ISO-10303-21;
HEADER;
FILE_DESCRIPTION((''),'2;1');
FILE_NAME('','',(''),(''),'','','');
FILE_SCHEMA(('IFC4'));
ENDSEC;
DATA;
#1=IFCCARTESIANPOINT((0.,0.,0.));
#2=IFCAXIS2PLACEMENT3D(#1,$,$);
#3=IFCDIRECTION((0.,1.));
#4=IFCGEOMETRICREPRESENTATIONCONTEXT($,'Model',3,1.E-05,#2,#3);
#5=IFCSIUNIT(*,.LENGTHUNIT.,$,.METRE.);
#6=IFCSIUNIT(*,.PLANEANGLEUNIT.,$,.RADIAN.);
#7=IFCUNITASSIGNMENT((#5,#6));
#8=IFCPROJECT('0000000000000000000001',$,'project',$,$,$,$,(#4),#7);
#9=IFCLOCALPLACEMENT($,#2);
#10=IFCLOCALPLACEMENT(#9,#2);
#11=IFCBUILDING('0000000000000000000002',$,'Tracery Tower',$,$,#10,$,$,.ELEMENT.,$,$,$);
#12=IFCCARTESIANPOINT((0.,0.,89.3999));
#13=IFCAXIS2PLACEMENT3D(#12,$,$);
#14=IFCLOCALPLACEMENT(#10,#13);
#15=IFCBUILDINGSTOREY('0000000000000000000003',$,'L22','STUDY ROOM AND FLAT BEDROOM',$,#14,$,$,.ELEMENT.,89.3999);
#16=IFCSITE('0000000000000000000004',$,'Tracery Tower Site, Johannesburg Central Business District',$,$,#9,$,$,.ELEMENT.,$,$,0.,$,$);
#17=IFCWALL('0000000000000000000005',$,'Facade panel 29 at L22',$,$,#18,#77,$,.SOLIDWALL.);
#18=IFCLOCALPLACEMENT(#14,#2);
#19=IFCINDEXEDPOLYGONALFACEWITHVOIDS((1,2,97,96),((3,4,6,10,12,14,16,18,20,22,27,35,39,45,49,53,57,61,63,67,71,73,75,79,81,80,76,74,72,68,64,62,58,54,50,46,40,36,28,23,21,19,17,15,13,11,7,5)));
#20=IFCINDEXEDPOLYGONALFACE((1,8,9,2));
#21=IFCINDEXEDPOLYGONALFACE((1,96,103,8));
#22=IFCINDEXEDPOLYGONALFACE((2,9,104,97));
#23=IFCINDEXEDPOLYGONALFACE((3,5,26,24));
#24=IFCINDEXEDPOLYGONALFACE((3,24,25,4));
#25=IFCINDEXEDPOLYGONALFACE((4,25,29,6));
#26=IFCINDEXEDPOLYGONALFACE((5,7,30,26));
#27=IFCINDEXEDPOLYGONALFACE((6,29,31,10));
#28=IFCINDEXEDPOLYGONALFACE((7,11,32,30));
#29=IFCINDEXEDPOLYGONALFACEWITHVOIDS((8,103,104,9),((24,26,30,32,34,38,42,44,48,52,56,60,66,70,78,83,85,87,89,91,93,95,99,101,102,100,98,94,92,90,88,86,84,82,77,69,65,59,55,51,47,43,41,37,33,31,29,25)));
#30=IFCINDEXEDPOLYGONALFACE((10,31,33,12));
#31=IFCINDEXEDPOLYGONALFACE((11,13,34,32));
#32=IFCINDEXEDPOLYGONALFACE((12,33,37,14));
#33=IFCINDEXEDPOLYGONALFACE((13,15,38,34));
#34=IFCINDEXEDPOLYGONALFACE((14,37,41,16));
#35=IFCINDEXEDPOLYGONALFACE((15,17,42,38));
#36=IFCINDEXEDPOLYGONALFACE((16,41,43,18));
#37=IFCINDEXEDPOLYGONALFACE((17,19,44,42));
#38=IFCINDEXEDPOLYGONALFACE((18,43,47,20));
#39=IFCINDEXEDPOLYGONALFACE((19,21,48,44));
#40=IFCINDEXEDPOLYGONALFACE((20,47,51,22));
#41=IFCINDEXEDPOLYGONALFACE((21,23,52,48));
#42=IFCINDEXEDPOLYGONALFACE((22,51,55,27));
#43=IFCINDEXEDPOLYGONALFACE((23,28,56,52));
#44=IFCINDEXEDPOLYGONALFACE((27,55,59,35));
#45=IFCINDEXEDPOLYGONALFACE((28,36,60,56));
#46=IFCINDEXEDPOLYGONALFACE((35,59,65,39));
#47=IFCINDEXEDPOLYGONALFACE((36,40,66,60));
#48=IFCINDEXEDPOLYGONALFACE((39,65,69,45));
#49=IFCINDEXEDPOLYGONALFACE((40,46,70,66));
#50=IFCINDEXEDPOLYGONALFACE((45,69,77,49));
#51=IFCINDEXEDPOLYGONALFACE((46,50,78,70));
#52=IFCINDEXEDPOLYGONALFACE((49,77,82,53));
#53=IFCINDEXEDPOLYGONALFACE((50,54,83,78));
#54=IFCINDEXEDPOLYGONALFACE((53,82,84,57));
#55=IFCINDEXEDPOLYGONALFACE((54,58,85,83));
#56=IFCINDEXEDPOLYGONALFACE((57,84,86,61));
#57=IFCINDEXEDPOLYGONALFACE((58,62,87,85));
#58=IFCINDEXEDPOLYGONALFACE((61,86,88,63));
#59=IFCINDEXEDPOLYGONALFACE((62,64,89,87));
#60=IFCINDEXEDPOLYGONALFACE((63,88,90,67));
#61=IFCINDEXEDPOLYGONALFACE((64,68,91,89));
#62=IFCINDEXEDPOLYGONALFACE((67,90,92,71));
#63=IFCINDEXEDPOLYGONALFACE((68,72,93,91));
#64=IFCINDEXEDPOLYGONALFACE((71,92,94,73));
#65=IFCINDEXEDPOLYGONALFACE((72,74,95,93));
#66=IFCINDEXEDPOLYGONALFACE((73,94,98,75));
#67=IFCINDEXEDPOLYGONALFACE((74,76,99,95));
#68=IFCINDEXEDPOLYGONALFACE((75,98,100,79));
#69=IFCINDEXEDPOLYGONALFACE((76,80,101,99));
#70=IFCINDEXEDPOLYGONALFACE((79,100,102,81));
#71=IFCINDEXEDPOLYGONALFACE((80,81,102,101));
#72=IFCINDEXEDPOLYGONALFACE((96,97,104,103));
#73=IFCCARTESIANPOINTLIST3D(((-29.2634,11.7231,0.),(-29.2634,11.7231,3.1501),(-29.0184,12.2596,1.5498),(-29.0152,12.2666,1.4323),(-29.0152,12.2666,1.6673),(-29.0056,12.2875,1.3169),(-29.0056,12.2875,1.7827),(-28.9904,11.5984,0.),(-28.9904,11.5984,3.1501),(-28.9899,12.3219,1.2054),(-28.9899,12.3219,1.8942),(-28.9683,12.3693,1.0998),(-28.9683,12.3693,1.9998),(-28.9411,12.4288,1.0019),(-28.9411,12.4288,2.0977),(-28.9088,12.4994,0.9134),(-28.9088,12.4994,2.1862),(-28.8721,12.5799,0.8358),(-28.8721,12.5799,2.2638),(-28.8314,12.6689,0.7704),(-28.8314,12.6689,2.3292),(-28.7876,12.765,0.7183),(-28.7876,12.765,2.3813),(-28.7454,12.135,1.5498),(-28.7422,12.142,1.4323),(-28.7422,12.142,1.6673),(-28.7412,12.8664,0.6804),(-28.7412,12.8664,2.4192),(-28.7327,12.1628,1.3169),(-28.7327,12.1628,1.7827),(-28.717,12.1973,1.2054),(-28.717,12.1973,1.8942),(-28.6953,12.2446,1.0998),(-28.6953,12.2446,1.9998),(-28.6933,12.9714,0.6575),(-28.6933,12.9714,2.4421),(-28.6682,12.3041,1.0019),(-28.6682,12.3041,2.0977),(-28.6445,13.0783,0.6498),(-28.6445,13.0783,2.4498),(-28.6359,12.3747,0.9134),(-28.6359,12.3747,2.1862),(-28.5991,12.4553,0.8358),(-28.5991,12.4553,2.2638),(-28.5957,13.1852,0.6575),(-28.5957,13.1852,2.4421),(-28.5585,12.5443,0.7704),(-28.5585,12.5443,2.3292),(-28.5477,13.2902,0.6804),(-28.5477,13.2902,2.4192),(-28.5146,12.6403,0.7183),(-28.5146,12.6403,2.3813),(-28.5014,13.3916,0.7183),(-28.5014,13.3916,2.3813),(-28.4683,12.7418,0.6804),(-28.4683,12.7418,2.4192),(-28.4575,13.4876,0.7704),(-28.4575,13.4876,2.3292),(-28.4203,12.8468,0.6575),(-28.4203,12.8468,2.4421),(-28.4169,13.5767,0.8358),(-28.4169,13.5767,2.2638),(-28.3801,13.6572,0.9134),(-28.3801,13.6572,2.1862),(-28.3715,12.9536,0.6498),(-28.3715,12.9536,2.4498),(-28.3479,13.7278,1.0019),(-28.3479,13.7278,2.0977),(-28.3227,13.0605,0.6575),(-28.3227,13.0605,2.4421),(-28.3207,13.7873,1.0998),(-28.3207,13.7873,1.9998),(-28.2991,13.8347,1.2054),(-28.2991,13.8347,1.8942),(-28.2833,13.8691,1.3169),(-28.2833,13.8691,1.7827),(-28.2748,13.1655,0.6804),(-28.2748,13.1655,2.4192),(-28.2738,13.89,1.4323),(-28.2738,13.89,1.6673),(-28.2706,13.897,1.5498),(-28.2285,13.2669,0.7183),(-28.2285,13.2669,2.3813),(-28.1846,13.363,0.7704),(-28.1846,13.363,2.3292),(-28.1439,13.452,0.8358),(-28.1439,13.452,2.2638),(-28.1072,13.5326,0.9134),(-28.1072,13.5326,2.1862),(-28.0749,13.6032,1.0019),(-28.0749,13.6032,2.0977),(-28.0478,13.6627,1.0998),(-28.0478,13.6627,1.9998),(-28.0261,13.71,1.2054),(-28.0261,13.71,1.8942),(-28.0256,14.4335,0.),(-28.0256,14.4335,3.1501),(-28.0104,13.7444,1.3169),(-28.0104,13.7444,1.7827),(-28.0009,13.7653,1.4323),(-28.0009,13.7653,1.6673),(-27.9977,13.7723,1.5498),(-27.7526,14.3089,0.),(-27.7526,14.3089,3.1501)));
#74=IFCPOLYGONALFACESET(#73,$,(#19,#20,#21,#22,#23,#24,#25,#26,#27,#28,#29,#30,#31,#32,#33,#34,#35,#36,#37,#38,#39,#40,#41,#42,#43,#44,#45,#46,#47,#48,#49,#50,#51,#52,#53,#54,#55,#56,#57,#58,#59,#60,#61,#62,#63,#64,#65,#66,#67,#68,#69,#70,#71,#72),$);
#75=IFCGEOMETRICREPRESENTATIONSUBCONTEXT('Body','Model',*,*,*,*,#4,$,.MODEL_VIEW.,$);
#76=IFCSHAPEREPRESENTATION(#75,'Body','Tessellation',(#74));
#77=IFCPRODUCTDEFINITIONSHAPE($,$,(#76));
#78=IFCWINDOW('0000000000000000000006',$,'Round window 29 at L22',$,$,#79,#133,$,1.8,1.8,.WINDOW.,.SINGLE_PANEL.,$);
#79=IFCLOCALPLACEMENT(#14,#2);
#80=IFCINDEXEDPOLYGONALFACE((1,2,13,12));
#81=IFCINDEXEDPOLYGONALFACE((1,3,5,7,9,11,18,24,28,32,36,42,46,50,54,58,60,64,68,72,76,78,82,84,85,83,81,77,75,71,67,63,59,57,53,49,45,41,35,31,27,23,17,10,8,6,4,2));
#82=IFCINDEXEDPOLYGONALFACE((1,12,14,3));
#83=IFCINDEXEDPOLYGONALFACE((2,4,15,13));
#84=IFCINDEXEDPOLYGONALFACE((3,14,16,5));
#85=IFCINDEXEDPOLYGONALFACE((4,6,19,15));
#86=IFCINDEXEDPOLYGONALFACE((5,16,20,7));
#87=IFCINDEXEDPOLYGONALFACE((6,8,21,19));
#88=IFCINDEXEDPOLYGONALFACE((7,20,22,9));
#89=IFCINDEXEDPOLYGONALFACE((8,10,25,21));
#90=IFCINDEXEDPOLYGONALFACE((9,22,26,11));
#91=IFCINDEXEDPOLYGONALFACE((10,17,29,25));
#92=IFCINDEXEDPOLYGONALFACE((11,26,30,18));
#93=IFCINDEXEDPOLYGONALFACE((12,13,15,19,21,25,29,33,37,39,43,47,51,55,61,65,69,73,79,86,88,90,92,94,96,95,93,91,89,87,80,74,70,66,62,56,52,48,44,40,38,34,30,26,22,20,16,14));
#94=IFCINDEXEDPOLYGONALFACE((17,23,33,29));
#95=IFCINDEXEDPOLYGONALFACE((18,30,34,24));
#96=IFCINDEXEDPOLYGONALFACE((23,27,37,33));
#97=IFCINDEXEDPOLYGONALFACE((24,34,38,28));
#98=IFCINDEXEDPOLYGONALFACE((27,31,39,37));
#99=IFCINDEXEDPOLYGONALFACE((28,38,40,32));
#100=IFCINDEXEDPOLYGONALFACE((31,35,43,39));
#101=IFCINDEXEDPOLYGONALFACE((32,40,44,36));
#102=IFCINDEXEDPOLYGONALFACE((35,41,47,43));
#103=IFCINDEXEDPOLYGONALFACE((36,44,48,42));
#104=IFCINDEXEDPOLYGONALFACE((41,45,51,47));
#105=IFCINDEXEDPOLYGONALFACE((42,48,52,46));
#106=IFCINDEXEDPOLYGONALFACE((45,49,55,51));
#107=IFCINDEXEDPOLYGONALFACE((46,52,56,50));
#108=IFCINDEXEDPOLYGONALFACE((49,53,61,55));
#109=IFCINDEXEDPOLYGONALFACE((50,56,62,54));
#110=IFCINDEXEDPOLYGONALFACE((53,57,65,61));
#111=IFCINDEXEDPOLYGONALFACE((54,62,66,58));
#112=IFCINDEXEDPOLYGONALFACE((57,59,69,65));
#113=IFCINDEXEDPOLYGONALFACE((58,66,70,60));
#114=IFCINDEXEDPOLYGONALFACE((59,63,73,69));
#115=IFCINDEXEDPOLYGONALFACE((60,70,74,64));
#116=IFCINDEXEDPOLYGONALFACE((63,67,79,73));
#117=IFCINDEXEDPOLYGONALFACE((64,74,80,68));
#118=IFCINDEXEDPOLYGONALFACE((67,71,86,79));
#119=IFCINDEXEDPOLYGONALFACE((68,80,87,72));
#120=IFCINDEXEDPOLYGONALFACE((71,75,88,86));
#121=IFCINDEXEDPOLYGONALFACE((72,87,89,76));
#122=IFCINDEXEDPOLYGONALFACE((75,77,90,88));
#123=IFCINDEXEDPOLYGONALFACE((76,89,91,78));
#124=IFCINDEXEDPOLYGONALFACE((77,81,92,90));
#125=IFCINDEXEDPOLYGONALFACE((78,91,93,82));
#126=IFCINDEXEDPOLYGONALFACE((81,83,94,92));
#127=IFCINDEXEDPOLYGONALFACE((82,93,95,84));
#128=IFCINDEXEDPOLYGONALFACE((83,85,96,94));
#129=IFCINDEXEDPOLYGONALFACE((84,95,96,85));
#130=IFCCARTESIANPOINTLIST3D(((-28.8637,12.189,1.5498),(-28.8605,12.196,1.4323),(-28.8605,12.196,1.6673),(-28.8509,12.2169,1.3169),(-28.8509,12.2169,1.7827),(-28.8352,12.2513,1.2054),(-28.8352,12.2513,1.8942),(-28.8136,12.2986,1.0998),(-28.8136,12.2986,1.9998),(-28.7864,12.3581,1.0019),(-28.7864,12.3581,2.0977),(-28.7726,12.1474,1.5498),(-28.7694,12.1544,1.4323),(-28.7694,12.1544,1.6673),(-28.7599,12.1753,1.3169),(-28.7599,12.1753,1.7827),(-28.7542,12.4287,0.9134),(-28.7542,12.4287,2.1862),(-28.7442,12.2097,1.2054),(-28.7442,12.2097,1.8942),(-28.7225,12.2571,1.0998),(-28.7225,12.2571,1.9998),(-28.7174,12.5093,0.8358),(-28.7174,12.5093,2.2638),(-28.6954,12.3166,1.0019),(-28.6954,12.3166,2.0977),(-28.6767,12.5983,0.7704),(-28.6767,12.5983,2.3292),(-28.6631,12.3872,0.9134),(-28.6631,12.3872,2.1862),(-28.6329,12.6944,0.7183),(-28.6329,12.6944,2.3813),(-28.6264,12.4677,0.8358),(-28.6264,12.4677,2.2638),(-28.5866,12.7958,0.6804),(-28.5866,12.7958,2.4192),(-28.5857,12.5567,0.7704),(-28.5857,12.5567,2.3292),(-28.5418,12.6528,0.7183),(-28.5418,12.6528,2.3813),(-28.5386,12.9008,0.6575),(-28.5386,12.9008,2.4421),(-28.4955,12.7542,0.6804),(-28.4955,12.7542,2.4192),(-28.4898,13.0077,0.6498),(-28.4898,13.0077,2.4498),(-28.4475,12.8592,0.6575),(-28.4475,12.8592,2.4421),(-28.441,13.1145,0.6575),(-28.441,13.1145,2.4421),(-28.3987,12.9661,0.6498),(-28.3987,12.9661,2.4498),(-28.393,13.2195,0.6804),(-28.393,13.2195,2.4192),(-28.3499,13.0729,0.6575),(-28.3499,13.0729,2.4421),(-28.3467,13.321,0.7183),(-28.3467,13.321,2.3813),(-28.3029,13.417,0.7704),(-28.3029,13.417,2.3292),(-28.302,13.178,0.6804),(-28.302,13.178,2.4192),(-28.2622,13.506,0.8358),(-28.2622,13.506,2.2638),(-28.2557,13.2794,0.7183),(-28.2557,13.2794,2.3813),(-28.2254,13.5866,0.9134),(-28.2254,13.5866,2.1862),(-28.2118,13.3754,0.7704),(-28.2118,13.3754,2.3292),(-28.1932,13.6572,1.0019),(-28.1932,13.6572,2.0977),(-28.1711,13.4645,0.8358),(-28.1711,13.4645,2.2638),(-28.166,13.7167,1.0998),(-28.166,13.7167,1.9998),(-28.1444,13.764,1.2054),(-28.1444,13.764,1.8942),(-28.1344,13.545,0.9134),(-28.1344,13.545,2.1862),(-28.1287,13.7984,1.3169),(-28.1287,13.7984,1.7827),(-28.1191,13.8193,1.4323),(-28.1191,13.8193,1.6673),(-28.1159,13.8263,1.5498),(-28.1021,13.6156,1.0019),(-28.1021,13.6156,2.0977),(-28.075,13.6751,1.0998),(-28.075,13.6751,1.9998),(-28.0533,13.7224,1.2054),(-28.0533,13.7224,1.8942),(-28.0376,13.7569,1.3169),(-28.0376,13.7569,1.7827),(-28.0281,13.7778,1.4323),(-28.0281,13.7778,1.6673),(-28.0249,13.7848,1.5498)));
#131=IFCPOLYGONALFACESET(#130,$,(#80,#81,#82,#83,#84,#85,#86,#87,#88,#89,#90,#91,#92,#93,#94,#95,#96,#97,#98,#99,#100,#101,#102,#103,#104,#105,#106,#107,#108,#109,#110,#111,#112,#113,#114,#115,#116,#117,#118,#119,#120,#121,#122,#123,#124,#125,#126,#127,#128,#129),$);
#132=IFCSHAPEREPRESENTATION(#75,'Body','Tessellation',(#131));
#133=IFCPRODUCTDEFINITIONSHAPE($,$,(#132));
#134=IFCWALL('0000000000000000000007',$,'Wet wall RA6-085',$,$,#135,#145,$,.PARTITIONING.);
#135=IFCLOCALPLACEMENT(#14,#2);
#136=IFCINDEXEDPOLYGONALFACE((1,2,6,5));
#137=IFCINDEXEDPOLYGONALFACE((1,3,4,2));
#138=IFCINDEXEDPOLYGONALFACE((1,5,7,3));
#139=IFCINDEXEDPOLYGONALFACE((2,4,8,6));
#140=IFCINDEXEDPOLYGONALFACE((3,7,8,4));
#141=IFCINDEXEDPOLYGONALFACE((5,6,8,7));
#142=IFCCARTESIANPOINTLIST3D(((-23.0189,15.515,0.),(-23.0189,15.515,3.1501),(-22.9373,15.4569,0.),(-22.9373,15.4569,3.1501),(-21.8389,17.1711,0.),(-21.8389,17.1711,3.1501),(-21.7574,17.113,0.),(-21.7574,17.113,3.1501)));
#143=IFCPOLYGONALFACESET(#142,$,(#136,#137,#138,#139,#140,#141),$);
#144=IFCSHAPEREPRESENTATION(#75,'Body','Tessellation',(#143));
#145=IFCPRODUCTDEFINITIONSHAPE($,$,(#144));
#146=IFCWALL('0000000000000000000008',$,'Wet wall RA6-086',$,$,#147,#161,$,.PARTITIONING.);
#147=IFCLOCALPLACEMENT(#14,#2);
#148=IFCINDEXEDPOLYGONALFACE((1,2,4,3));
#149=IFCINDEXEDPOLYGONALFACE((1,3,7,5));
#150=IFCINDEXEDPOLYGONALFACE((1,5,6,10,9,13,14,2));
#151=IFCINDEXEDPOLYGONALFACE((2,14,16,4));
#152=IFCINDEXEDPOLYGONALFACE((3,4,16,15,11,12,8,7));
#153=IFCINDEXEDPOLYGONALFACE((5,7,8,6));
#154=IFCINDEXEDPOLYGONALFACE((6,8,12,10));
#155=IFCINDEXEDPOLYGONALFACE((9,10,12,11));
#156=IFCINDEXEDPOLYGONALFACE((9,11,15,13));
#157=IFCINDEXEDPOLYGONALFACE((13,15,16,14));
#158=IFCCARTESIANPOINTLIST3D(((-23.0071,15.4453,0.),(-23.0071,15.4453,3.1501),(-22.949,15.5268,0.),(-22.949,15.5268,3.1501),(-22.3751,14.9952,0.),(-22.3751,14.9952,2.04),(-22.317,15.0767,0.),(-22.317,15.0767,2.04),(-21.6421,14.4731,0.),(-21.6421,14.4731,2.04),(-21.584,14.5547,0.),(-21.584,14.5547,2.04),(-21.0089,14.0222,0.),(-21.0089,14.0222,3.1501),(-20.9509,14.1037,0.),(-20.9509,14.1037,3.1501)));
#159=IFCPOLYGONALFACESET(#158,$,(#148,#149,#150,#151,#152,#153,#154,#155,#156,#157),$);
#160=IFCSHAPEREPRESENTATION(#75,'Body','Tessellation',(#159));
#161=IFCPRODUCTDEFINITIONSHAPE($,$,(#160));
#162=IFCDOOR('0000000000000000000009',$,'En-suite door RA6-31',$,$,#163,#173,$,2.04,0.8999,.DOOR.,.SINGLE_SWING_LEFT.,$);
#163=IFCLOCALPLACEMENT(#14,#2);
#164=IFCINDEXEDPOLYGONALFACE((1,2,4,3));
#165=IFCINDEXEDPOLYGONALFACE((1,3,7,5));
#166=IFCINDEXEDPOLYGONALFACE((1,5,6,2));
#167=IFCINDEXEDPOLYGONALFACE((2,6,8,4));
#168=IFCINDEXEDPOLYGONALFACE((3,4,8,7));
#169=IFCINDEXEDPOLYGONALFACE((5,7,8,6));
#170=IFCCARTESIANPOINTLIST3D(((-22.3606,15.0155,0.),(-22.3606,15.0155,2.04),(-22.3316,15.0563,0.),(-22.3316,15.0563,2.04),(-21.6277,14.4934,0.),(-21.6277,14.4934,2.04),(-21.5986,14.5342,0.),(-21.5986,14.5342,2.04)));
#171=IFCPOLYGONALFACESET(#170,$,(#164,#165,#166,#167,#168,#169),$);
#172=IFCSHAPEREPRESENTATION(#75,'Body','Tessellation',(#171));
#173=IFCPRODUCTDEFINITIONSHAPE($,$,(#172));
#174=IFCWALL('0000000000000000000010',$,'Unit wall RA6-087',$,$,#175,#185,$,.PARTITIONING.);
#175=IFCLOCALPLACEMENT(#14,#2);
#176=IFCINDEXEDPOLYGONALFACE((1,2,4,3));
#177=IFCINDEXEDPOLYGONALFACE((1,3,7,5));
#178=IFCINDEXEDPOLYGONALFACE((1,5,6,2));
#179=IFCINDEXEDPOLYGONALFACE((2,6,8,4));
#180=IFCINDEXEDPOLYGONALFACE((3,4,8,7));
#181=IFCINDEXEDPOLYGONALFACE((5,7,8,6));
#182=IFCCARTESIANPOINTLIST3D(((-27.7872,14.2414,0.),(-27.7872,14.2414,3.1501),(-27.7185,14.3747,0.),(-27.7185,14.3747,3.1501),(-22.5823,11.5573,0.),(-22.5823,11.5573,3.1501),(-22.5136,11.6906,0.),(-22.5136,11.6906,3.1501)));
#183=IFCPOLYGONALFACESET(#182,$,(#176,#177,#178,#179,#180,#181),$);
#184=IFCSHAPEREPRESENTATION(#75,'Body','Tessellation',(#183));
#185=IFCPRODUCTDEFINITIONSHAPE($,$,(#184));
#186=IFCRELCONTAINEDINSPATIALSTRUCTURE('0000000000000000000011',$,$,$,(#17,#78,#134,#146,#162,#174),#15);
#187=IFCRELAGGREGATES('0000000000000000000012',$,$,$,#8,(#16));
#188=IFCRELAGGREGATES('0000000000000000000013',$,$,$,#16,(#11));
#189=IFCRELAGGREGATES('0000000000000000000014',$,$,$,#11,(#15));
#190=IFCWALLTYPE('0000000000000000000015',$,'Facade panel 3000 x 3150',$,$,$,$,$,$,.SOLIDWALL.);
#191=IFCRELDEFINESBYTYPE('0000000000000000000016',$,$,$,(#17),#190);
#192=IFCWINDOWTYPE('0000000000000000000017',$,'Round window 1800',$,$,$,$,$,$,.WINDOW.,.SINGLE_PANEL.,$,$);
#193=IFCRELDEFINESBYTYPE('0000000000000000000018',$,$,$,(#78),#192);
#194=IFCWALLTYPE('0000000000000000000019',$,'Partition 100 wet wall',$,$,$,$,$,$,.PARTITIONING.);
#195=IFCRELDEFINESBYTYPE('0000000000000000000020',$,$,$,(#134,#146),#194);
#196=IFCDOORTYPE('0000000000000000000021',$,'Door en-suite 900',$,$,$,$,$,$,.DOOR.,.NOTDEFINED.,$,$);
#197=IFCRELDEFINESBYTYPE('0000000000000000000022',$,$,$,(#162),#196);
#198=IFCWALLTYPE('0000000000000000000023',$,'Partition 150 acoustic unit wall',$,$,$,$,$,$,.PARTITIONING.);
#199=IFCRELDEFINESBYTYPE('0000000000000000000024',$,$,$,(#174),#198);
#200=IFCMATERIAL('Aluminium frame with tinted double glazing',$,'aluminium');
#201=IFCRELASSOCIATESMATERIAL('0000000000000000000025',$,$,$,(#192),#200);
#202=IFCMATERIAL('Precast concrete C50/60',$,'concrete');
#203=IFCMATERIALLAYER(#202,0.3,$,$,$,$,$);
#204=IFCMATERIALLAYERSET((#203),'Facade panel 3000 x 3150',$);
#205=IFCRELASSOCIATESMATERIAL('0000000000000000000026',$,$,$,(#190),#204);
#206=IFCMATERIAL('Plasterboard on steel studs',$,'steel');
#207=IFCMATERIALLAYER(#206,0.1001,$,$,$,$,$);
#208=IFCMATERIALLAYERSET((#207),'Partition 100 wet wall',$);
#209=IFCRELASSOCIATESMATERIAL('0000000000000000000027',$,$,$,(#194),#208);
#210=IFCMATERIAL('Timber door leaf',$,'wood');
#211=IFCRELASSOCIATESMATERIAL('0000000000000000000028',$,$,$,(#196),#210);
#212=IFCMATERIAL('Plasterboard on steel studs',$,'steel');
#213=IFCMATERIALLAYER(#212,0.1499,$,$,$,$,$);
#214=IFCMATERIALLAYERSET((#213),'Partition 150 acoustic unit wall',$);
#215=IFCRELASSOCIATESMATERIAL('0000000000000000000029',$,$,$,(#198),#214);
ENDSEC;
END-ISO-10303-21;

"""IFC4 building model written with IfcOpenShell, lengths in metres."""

from ifc_helpers import new_model, si_unit, direction, frame, frame_2d, origin, origin_2d, place, context, subcontext, project, spatial, rectangle, circle, extrude, material, layer, layer_set, type_object, element, fill, save


model = new_model("IFC4")

# Units and contexts
model_context = context("Model", 3, precision=1e-05, world=origin(), true_north=direction((0.0, 1.0)))
body_context = subcontext(model_context, "Body", "Model", "MODEL_VIEW")
ifc_project = project(units=[si_unit("LENGTHUNIT", "METRE"), si_unit("PLANEANGLEUNIT", "RADIAN")], contexts=[model_context])

# Site, building, storey
site_placement = place(None, origin())
site = spatial("IfcSite", under=ifc_project, at=site_placement, Name="Tracery Tower Site, Johannesburg Central Business District", CompositionType="ELEMENT", RefElevation=0.0)
building_placement = place(site_placement, origin())
building = spatial("IfcBuilding", under=site, at=building_placement, Name="Tracery Tower", CompositionType="ELEMENT")
storey_placement = place(building_placement, frame((0.0, 0.0, 89.3999)))
storey = spatial("IfcBuildingStorey", under=building, at=storey_placement, Name="L22", Description="STUDY ROOM AND FLAT BEDROOM", CompositionType="ELEMENT", Elevation=89.3999)

# Wall, opening, window
ifc_material_1 = material(Name="Aluminium frame with tinted double glazing", Category="aluminium")
window_type = type_object("IfcWindowType", Name="Round window 1800", PartitioningType="SINGLE_PANEL", PredefinedType="WINDOW", material=ifc_material_1)
ifc_material_2 = material(Name="Precast concrete C50/60", Category="concrete")
ifc_layer_1 = layer(ifc_material_2, 0.3)
ifc_layer_set_1 = layer_set([ifc_layer_1], Name="Facade panel 3000 x 3150")
wall_type_1 = type_object("IfcWallType", Name="Facade panel 3000 x 3150", PredefinedType="SOLIDWALL", material=ifc_layer_set_1)
wall_1_placement = place(storey_placement, frame((-27.8892, 14.3711, 0.0), z_axis=(0.0, 0.0, 1.0), x_axis=(-0.415407, -0.909636, 0.0)))
wall_1 = element("IfcWall", 1, at=wall_1_placement, inside=storey, type_object=wall_type_1, Name="Facade panel 29 at L22", PredefinedType="SOLIDWALL", context=body_context, shape_type="SweptSolid", body=[
    extrude(rectangle(XDim=2.9797, YDim=0.3, at=frame_2d((1.4897, 0.0))), origin(), (0.0, 0.0, 1.0), 3.1501),
])
opening_1_placement = place(wall_1_placement, frame((1.4897, 0.0, 1.5498)))
opening_1 = element("IfcOpeningElement", 2, at=opening_1_placement, cuts=wall_1, PredefinedType="OPENING", context=body_context, shape_type="SweptSolid", body=[
    extrude(circle(Radius=0.9, at=origin_2d()), frame((0.0, 0.1599, 0.0), z_axis=(0.0, -1.0, 0.0), x_axis=(1.0, 0.0, 0.0)), (0.0, 0.0, 1.0), 0.3201),
])
window_1_placement = place(opening_1_placement, origin())
window_1 = element("IfcWindow", 3, at=window_1_placement, inside=storey, type_object=window_type, Name="Round window 29 at L22", OverallHeight=1.8, OverallWidth=1.8, PartitioningType="SINGLE_PANEL", PredefinedType="WINDOW", context=body_context, shape_type="SweptSolid", body=[
    extrude(circle(Radius=0.9, at=origin_2d()), frame((0.0, 0.1201, 0.0), z_axis=(0.0, -1.0, 0.0), x_axis=(1.0, 0.0, 0.0)), (0.0, 0.0, 1.0), 0.1001),
])
fill(opening_1, window_1)

# Wall
ifc_material_3 = material(Name="Plasterboard on steel studs", Category="steel")
ifc_layer_2 = layer(ifc_material_3, 0.1001)
ifc_layer_set_2 = layer_set([ifc_layer_2], Name="Partition 100 wet wall")
wall_type_2 = type_object("IfcWallType", Name="Partition 100 wet wall", PredefinedType="PARTITIONING", material=ifc_layer_set_2)
wall_2_placement = place(storey_placement, frame((-22.978, 15.4861, 0.0), z_axis=(0.0, 0.0, 1.0), x_axis=(0.580284, 0.814414, 0.0)))
element("IfcWall", 4, at=wall_2_placement, inside=storey, type_object=wall_type_2, Name="Wet wall RA6-085", PredefinedType="PARTITIONING", context=body_context, shape_type="SweptSolid", body=[
    extrude(rectangle(XDim=2.0334, YDim=0.1001, at=frame_2d((1.0166, 0.0))), origin(), (0.0, 0.0, 1.0), 3.1501),
])

# Wall, opening, door
wall_3_placement = place(storey_placement, frame((-22.978, 15.4861, 0.0), z_axis=(0.0, 0.0, 1.0), x_axis=(0.81452, -0.580136, 0.0)))
wall_3 = element("IfcWall", 5, at=wall_3_placement, inside=storey, type_object=wall_type_2, Name="Wet wall RA6-086", PredefinedType="PARTITIONING", context=body_context, shape_type="SweptSolid", body=[
    extrude(rectangle(XDim=2.4531, YDim=0.1001, at=frame_2d((1.2266, 0.0))), origin(), (0.0, 0.0, 1.0), 3.1501),
])
opening_2_placement = place(wall_3_placement, frame((0.7759, 0.0, 0.0)))
opening_2 = element("IfcOpeningElement", 6, at=opening_2_placement, cuts=wall_3, PredefinedType="OPENING", context=body_context, shape_type="SweptSolid", body=[
    extrude(rectangle(XDim=0.8999, YDim=2.04, at=frame_2d((0.45, 1.02))), frame((0.0, 0.05, 0.0), z_axis=(0.0, -1.0, 0.0), x_axis=(1.0, 0.0, 0.0)), (0.0, 0.0, 1.0), 0.1001),
])
ifc_material_4 = material(Name="Timber door leaf", Category="wood")
door_type = type_object("IfcDoorType", Name="Door en-suite 900", OperationType="NOTDEFINED", PredefinedType="DOOR", material=ifc_material_4)
door_placement = place(opening_2_placement, origin())
door = element("IfcDoor", 7, at=door_placement, inside=storey, type_object=door_type, Name="En-suite door RA6-31", OperationType="SINGLE_SWING_LEFT", OverallHeight=2.04, OverallWidth=0.8999, PredefinedType="DOOR", context=body_context, shape_type="SweptSolid", body=[
    extrude(rectangle(XDim=0.8999, YDim=2.04, at=frame_2d((0.45, 1.02))), frame((0.0, 0.0249, 0.0), z_axis=(0.0, -1.0, 0.0), x_axis=(1.0, 0.0, 0.0)), (0.0, 0.0, 1.0), 0.05),
])
fill(opening_2, door)

# Wall
ifc_material_5 = material(Name="Plasterboard on steel studs", Category="steel")
ifc_layer_3 = layer(ifc_material_5, 0.1499)
ifc_layer_set_3 = layer_set([ifc_layer_3], Name="Partition 150 acoustic unit wall")
wall_type_3 = type_object("IfcWallType", Name="Partition 150 acoustic unit wall", PredefinedType="PARTITIONING", material=ifc_layer_set_3)
wall_4_placement = place(storey_placement, frame((-27.7529, 14.3081, 0.0), z_axis=(0.0, 0.0, 1.0), x_axis=(0.88878, -0.458335, 0.0)))
element("IfcWall", 8, at=wall_4_placement, inside=storey, type_object=wall_type_3, Name="Unit wall RA6-087", PredefinedType="PARTITIONING", context=body_context, shape_type="SweptSolid", body=[
    extrude(rectangle(XDim=5.8562, YDim=0.1499, at=frame_2d((2.9282, 0.0))), origin(), (0.0, 0.0, 1.0), 3.1501),
])

save(model, "model.ifc")
